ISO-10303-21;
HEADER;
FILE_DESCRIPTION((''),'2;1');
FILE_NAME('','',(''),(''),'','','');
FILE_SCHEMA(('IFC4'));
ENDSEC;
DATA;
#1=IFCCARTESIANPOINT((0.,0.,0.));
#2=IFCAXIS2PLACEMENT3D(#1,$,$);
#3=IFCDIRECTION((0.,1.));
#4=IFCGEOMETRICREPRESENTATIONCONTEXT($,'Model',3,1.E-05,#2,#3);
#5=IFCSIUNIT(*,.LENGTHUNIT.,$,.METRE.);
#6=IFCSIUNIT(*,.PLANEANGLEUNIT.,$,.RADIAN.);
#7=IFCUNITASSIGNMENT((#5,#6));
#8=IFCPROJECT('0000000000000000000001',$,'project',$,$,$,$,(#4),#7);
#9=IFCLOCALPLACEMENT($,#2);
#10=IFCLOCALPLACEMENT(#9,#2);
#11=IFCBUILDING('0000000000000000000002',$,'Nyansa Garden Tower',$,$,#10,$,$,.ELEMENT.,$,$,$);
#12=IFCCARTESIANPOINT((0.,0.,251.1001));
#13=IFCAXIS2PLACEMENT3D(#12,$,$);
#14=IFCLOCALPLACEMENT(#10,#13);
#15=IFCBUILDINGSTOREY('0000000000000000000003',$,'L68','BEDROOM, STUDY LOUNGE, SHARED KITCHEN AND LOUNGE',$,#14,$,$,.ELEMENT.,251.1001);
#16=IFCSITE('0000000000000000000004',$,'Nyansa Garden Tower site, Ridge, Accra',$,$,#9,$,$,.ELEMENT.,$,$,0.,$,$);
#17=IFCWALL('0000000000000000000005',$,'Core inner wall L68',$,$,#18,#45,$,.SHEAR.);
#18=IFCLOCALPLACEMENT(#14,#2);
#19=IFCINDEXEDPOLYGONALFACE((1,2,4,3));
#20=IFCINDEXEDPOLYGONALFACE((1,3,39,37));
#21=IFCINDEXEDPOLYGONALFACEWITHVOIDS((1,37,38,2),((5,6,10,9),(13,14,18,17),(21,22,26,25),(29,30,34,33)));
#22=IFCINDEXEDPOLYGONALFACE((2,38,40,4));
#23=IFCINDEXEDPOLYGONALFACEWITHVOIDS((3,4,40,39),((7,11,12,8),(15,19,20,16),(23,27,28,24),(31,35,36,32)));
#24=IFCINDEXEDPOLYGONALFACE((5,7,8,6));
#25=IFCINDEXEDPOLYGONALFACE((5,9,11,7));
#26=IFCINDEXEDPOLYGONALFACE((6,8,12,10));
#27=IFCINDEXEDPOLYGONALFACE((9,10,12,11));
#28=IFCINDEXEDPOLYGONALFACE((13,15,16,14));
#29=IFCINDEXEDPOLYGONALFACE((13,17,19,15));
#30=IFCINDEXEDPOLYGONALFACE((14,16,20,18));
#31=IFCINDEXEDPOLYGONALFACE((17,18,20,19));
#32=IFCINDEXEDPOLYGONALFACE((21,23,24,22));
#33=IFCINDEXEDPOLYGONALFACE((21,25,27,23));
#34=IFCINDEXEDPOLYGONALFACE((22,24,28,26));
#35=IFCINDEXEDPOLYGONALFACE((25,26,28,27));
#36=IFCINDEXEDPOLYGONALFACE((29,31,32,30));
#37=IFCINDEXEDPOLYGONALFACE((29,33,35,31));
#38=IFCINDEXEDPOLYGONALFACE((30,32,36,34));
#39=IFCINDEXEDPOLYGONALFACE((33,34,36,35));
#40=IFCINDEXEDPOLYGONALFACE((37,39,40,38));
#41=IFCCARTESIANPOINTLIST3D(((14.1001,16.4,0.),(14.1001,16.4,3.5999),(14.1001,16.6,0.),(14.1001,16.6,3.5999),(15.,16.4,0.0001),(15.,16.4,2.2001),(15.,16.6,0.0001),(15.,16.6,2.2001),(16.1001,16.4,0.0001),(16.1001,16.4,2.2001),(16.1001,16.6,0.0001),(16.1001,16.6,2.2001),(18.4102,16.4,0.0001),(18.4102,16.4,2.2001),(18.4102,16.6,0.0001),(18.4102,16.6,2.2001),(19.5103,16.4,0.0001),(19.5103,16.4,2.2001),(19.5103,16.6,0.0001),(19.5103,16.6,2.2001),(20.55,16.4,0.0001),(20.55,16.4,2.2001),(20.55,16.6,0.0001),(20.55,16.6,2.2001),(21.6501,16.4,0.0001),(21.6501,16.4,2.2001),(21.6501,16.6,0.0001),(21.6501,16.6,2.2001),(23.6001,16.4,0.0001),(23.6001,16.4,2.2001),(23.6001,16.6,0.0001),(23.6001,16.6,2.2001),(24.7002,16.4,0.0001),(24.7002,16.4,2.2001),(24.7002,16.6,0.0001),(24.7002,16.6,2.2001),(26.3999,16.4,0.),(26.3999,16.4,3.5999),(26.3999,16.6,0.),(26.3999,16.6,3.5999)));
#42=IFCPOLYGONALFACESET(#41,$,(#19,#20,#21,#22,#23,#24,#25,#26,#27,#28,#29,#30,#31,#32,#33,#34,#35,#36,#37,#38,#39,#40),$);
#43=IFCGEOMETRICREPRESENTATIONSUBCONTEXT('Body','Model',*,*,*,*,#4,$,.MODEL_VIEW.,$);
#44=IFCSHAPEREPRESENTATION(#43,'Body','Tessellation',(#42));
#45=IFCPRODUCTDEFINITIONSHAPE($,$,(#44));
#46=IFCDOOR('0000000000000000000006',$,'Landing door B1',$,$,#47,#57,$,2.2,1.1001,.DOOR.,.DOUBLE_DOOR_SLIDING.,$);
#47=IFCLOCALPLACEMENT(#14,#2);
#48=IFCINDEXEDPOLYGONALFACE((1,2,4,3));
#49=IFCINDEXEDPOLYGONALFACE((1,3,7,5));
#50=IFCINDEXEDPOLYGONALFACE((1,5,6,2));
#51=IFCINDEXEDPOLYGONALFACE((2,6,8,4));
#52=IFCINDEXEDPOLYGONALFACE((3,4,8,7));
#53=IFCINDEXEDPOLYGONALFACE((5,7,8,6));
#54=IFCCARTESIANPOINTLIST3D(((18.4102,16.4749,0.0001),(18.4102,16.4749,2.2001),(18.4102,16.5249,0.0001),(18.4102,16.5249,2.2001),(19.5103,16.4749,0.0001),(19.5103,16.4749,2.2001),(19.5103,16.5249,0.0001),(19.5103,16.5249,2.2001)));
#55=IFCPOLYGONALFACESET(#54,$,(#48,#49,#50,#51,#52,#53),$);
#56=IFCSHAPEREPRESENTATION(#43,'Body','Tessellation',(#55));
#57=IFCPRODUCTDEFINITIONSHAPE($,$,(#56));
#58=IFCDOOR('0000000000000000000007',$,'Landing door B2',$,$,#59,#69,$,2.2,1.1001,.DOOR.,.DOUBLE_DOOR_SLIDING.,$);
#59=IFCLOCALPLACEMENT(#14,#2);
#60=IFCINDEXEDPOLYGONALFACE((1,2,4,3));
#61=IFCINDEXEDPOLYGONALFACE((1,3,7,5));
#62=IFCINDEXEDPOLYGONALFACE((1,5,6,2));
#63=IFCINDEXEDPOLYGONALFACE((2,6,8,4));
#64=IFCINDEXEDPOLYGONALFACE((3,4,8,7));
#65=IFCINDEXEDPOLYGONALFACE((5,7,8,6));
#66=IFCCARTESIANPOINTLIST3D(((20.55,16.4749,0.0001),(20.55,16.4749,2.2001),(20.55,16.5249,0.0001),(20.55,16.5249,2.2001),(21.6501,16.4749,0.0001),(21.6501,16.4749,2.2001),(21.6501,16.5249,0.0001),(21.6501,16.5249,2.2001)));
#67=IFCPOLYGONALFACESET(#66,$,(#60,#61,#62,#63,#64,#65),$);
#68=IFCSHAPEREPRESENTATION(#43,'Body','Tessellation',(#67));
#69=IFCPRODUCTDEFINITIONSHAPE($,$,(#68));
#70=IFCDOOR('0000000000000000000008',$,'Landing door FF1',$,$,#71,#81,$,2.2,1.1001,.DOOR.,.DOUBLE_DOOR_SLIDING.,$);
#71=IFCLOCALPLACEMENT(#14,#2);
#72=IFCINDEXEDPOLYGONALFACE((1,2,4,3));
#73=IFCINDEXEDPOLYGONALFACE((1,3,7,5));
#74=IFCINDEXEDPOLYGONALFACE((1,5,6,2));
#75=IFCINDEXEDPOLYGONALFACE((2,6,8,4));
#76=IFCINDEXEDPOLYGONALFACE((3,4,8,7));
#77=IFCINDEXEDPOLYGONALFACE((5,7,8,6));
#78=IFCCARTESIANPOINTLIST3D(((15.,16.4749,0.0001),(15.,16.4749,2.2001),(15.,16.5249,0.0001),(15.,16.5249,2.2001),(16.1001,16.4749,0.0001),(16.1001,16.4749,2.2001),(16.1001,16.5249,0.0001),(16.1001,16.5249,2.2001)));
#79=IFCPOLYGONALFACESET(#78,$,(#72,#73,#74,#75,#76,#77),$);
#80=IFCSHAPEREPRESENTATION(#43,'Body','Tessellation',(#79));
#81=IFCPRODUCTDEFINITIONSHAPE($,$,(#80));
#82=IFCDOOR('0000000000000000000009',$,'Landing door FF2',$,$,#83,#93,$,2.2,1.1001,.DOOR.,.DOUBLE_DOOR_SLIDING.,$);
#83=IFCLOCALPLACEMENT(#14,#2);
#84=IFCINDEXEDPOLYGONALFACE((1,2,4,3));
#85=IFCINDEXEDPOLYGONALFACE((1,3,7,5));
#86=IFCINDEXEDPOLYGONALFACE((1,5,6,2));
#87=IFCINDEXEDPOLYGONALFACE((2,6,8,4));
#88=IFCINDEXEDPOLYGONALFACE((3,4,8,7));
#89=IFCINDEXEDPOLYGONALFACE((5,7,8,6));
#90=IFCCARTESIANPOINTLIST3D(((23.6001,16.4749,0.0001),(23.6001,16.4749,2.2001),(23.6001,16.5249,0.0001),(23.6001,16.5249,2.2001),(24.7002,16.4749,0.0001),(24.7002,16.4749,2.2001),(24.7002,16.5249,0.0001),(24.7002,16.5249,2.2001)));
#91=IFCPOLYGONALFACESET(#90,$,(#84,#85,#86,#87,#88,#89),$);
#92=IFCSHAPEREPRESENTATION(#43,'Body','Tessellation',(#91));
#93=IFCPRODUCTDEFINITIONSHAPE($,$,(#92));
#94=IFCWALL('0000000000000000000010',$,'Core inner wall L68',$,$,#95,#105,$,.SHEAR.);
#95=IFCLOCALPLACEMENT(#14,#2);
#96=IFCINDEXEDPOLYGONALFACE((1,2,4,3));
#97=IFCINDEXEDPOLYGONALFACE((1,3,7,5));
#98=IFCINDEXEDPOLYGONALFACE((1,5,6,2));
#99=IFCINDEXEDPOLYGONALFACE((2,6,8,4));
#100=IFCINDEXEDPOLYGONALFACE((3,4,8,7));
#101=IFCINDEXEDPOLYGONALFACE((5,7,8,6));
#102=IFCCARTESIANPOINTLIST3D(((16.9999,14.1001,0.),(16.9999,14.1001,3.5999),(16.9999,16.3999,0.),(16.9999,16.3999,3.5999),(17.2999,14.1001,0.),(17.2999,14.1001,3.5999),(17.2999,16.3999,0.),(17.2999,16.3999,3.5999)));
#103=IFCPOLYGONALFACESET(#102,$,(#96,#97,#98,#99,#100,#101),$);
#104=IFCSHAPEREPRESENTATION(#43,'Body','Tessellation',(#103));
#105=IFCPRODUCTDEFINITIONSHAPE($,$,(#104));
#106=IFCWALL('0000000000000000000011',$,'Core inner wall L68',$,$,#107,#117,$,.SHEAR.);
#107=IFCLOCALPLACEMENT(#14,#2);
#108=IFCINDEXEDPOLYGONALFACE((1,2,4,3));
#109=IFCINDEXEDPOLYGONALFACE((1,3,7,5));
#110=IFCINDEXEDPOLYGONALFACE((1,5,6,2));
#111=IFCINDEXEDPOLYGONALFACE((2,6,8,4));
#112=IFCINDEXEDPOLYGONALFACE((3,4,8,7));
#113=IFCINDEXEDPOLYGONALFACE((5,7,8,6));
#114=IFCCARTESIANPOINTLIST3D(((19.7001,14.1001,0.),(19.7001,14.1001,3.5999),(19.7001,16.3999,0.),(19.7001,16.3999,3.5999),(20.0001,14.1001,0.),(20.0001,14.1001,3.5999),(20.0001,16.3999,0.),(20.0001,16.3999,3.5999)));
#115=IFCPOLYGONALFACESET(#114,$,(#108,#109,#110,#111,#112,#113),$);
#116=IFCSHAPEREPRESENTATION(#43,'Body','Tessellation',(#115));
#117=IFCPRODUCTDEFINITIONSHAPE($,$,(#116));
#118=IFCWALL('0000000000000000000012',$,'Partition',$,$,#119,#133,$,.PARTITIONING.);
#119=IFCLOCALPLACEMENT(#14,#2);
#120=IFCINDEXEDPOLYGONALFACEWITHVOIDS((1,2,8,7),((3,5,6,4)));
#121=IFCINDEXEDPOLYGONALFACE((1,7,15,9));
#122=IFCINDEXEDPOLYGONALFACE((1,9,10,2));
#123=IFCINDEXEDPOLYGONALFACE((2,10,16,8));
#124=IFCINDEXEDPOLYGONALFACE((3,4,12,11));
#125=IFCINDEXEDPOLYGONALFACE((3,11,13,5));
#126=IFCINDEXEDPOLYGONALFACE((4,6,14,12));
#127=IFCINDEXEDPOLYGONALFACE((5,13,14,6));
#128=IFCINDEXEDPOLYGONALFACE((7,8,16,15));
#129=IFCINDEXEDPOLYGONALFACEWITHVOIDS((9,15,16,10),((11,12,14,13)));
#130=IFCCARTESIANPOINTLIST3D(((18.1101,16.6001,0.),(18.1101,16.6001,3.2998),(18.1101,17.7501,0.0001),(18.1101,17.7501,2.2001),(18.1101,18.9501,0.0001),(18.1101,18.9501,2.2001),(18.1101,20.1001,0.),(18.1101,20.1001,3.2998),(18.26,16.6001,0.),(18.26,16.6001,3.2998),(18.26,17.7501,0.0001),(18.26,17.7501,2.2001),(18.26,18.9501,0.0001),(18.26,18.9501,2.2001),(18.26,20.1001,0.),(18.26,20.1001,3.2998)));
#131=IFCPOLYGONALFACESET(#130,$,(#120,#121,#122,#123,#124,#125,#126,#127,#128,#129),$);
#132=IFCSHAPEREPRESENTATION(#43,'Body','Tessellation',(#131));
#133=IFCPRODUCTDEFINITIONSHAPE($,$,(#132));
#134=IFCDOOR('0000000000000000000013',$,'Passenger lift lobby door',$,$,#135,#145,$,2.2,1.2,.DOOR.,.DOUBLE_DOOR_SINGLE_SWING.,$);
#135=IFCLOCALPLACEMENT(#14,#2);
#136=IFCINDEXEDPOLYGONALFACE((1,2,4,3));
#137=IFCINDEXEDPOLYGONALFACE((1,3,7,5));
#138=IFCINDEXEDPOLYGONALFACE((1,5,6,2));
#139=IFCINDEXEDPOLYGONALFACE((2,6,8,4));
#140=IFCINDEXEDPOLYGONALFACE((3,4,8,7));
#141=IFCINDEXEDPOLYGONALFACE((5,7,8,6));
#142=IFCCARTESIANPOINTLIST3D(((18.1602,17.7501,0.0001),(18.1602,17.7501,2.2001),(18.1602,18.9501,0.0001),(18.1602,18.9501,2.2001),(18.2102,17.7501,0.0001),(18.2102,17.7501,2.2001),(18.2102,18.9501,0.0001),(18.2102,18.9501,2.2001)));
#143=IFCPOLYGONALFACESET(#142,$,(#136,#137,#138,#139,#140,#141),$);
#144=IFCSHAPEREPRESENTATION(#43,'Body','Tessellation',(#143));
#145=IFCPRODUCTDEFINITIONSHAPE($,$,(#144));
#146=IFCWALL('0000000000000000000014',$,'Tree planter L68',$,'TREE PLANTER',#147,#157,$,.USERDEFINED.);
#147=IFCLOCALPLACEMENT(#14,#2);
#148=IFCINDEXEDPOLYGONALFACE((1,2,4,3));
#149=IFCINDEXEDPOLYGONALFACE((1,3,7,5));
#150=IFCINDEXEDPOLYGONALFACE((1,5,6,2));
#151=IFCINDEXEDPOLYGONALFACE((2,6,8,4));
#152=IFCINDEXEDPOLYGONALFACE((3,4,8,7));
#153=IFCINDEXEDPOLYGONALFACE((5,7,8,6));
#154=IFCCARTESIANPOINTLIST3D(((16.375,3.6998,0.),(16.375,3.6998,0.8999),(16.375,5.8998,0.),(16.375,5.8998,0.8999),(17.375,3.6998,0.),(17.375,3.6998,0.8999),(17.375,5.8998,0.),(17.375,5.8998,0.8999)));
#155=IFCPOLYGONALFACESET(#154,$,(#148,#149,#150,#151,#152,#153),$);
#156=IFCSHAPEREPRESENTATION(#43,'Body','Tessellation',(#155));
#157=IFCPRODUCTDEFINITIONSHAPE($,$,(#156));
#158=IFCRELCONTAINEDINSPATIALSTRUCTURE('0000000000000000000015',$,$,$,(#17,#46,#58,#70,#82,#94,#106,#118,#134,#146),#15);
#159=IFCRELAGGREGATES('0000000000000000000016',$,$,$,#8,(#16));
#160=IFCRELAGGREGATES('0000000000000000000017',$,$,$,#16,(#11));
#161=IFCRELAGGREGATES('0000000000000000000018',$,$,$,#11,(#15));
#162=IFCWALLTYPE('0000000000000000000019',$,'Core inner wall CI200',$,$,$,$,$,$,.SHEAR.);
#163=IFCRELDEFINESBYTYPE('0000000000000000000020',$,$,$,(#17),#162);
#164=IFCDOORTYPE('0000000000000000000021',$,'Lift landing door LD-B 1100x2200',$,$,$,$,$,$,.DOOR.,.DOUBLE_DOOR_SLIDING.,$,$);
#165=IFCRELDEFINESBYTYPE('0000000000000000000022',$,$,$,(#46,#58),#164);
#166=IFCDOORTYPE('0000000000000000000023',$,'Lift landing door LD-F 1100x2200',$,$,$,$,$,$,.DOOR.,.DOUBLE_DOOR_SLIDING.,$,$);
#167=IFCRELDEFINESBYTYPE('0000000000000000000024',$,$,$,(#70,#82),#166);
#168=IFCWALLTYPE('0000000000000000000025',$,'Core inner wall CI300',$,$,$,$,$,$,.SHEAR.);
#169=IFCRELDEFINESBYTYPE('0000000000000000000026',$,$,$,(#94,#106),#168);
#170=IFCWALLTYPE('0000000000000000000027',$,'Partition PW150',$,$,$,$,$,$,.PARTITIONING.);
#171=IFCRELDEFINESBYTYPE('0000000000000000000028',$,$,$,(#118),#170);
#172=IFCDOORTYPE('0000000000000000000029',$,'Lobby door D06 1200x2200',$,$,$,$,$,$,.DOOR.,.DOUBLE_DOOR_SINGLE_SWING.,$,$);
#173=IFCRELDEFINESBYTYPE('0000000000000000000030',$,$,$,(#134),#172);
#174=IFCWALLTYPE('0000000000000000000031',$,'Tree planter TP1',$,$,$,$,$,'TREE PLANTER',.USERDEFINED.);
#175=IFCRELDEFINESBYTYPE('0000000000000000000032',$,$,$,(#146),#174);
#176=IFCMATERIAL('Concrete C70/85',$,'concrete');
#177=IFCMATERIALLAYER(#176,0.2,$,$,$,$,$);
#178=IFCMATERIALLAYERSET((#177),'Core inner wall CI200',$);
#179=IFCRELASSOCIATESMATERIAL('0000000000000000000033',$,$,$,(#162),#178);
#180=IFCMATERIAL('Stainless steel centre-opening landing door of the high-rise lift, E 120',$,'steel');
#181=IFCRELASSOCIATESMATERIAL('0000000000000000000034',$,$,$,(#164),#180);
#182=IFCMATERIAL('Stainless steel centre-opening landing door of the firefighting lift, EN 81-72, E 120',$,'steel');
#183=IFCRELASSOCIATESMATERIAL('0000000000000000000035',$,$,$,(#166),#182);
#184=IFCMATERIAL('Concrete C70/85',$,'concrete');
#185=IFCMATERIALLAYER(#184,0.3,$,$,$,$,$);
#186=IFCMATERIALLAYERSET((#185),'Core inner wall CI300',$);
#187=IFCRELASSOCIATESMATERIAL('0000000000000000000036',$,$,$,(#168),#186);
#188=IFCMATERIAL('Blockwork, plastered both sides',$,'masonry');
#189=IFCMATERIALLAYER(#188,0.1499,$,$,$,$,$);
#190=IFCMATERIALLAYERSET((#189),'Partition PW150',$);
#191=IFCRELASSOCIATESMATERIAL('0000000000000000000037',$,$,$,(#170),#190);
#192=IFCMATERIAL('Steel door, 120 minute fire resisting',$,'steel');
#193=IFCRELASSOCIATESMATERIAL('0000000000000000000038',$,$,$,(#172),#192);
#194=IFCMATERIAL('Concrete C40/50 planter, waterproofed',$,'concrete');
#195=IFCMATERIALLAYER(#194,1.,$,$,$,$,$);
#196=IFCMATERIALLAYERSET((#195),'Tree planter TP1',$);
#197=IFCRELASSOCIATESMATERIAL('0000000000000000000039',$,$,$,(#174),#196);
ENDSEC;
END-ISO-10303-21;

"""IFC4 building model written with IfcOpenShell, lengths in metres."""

from ifc_helpers import new_model, si_unit, direction, frame, frame_2d, origin, place, context, subcontext, project, spatial, rectangle, extrude, material, layer, layer_set, type_object, element, fill, save


model = new_model("IFC4")

# Units and contexts
model_context = context("Model", 3, precision=1e-05, world=origin(), true_north=direction((0.0, 1.0)))
body_context = subcontext(model_context, "Body", "Model", "MODEL_VIEW")
ifc_project = project(units=[si_unit("LENGTHUNIT", "METRE"), si_unit("PLANEANGLEUNIT", "RADIAN")], contexts=[model_context])

# Site, building, storey
site_placement = place(None, origin())
site = spatial("IfcSite", under=ifc_project, at=site_placement, Name="Nyansa Garden Tower site, Ridge, Accra", CompositionType="ELEMENT", RefElevation=0.0)
building_placement = place(site_placement, origin())
building = spatial("IfcBuilding", under=site, at=building_placement, Name="Nyansa Garden Tower", CompositionType="ELEMENT")
storey_placement = place(building_placement, frame((0.0, 0.0, 251.1001)))
storey = spatial("IfcBuildingStorey", under=building, at=storey_placement, Name="L68", Description="BEDROOM, STUDY LOUNGE, SHARED KITCHEN AND LOUNGE", CompositionType="ELEMENT", Elevation=251.1001)

# Wall, openings, doors
ifc_material_1 = material(Name="Concrete C70/85", Category="concrete")
ifc_layer_1 = layer(ifc_material_1, 0.2)
ifc_layer_set_1 = layer_set([ifc_layer_1], Name="Core inner wall CI200")
wall_type_1 = type_object("IfcWallType", Name="Core inner wall CI200", PredefinedType="SHEAR", material=ifc_layer_set_1)
wall_1_placement = place(storey_placement, frame((14.1001, 16.5, 0.0), z_axis=(0.0, 0.0, 1.0), x_axis=(1.0, 0.0, 0.0)))
wall_1 = element("IfcWall", 1, at=wall_1_placement, inside=storey, type_object=wall_type_1, Name="Core inner wall L68", PredefinedType="SHEAR", context=body_context, shape_type="SweptSolid", body=[
    extrude(rectangle(XDim=12.2998, YDim=0.2, at=frame_2d((6.1499, 0.0))), origin(), (0.0, 0.0, 1.0), 3.5999),
])
opening_1_placement = place(wall_1_placement, frame((0.8999, 0.0, 0.0)))
opening_1 = element("IfcOpeningElement", 2, at=opening_1_placement, cuts=wall_1, PredefinedType="OPENING", context=body_context, shape_type="SweptSolid", body=[
    extrude(rectangle(XDim=1.1001, YDim=2.2, at=frame_2d((0.55, 1.1001))), frame((0.0, 0.1099, 0.0), z_axis=(0.0, -1.0, 0.0), x_axis=(1.0, 0.0, 0.0)), (0.0, 0.0, 1.0), 0.22),
])
opening_2_placement = place(wall_1_placement, frame((4.3101, 0.0, 0.0)))
opening_2 = element("IfcOpeningElement", 3, at=opening_2_placement, cuts=wall_1, PredefinedType="OPENING", context=body_context, shape_type="SweptSolid", body=[
    extrude(rectangle(XDim=1.1001, YDim=2.2, at=frame_2d((0.55, 1.1001))), frame((0.0, 0.1099, 0.0), z_axis=(0.0, -1.0, 0.0), x_axis=(1.0, 0.0, 0.0)), (0.0, 0.0, 1.0), 0.22),
])
opening_3_placement = place(wall_1_placement, frame((6.45, 0.0, 0.0)))
opening_3 = element("IfcOpeningElement", 4, at=opening_3_placement, cuts=wall_1, PredefinedType="OPENING", context=body_context, shape_type="SweptSolid", body=[
    extrude(rectangle(XDim=1.1001, YDim=2.2, at=frame_2d((0.55, 1.1001))), frame((0.0, 0.1099, 0.0), z_axis=(0.0, -1.0, 0.0), x_axis=(1.0, 0.0, 0.0)), (0.0, 0.0, 1.0), 0.22),
])
opening_4_placement = place(wall_1_placement, frame((9.5, 0.0, 0.0)))
opening_4 = element("IfcOpeningElement", 5, at=opening_4_placement, cuts=wall_1, PredefinedType="OPENING", context=body_context, shape_type="SweptSolid", body=[
    extrude(rectangle(XDim=1.1001, YDim=2.2, at=frame_2d((0.55, 1.1001))), frame((0.0, 0.1099, 0.0), z_axis=(0.0, -1.0, 0.0), x_axis=(1.0, 0.0, 0.0)), (0.0, 0.0, 1.0), 0.22),
])
ifc_material_2 = material(Name="Stainless steel centre-opening landing door of the high-rise lift, E 120", Category="steel")
door_type_1 = type_object("IfcDoorType", Name="Lift landing door LD-B 1100x2200", OperationType="DOUBLE_DOOR_SLIDING", PredefinedType="DOOR", material=ifc_material_2)
door_1_placement = place(opening_2_placement, origin())
door_1 = element("IfcDoor", 6, at=door_1_placement, inside=storey, type_object=door_type_1, Name="Landing door B1", OperationType="DOUBLE_DOOR_SLIDING", OverallHeight=2.2, OverallWidth=1.1001, PredefinedType="DOOR", context=body_context, shape_type="SweptSolid", body=[
    extrude(rectangle(XDim=1.1001, YDim=2.2, at=frame_2d((0.55, 1.1001))), frame((0.0, 0.0249, 0.0), z_axis=(0.0, -1.0, 0.0), x_axis=(1.0, 0.0, 0.0)), (0.0, 0.0, 1.0), 0.05),
])
fill(opening_2, door_1)
door_2_placement = place(opening_3_placement, origin())
door_2 = element("IfcDoor", 7, at=door_2_placement, inside=storey, type_object=door_type_1, Name="Landing door B2", OperationType="DOUBLE_DOOR_SLIDING", OverallHeight=2.2, OverallWidth=1.1001, PredefinedType="DOOR", context=body_context, shape_type="SweptSolid", body=[
    extrude(rectangle(XDim=1.1001, YDim=2.2, at=frame_2d((0.55, 1.1001))), frame((0.0, 0.0249, 0.0), z_axis=(0.0, -1.0, 0.0), x_axis=(1.0, 0.0, 0.0)), (0.0, 0.0, 1.0), 0.05),
])
fill(opening_3, door_2)
ifc_material_3 = material(Name="Stainless steel centre-opening landing door of the firefighting lift, EN 81-72, E 120", Category="steel")
door_type_2 = type_object("IfcDoorType", Name="Lift landing door LD-F 1100x2200", OperationType="DOUBLE_DOOR_SLIDING", PredefinedType="DOOR", material=ifc_material_3)
door_3_placement = place(opening_1_placement, origin())
door_3 = element("IfcDoor", 8, at=door_3_placement, inside=storey, type_object=door_type_2, Name="Landing door FF1", OperationType="DOUBLE_DOOR_SLIDING", OverallHeight=2.2, OverallWidth=1.1001, PredefinedType="DOOR", context=body_context, shape_type="SweptSolid", body=[
    extrude(rectangle(XDim=1.1001, YDim=2.2, at=frame_2d((0.55, 1.1001))), frame((0.0, 0.0249, 0.0), z_axis=(0.0, -1.0, 0.0), x_axis=(1.0, 0.0, 0.0)), (0.0, 0.0, 1.0), 0.05),
])
fill(opening_1, door_3)
door_4_placement = place(opening_4_placement, origin())
door_4 = element("IfcDoor", 9, at=door_4_placement, inside=storey, type_object=door_type_2, Name="Landing door FF2", OperationType="DOUBLE_DOOR_SLIDING", OverallHeight=2.2, OverallWidth=1.1001, PredefinedType="DOOR", context=body_context, shape_type="SweptSolid", body=[
    extrude(rectangle(XDim=1.1001, YDim=2.2, at=frame_2d((0.55, 1.1001))), frame((0.0, 0.0249, 0.0), z_axis=(0.0, -1.0, 0.0), x_axis=(1.0, 0.0, 0.0)), (0.0, 0.0, 1.0), 0.05),
])
fill(opening_4, door_4)

# Walls
ifc_material_4 = material(Name="Concrete C70/85", Category="concrete")
ifc_layer_2 = layer(ifc_material_4, 0.3)
ifc_layer_set_2 = layer_set([ifc_layer_2], Name="Core inner wall CI300")
wall_type_2 = type_object("IfcWallType", Name="Core inner wall CI300", PredefinedType="SHEAR", material=ifc_layer_set_2)
for number, where, z_axis, x_axis, name in (
    (10, (17.1499, 14.1001, 0.0), (0.0, 0.0, 1.0), (0.0, 1.0, 0.0), "Core inner wall L68"),
    (11, (19.8501, 14.1001, 0.0), (0.0, 0.0, 1.0), (0.0, 1.0, 0.0), "Core inner wall L68"),
):
    element("IfcWall", number, at=place(storey_placement, frame(where, z_axis=z_axis, x_axis=x_axis)), inside=storey, type_object=wall_type_2, Name=name, PredefinedType="SHEAR", context=body_context, shape_type="SweptSolid", body=[
        extrude(rectangle(XDim=2.2998, YDim=0.3, at=frame_2d((1.1499, 0.0))), origin(), (0.0, 0.0, 1.0), 3.5999),
    ])

# Wall, opening, door
ifc_material_5 = material(Name="Blockwork, plastered both sides", Category="masonry")
ifc_layer_3 = layer(ifc_material_5, 0.1499)
ifc_layer_set_3 = layer_set([ifc_layer_3], Name="Partition PW150")
wall_type_3 = type_object("IfcWallType", Name="Partition PW150", PredefinedType="PARTITIONING", material=ifc_layer_set_3)
wall_2_placement = place(storey_placement, frame((18.1851, 16.6001, 0.0), z_axis=(0.0, 0.0, 1.0), x_axis=(0.0, 1.0, 0.0)))
wall_2 = element("IfcWall", 12, at=wall_2_placement, inside=storey, type_object=wall_type_3, Name="Partition", PredefinedType="PARTITIONING", context=body_context, shape_type="SweptSolid", body=[
    extrude(rectangle(XDim=3.5, YDim=0.1499, at=frame_2d((1.75, 0.0))), origin(), (0.0, 0.0, 1.0), 3.2998),
])
opening_5_placement = place(wall_2_placement, frame((1.1499, 0.0, 0.0)))
opening_5 = element("IfcOpeningElement", 13, at=opening_5_placement, cuts=wall_2, PredefinedType="OPENING", context=body_context, shape_type="SweptSolid", body=[
    extrude(rectangle(XDim=1.2, YDim=2.2, at=frame_2d((0.6001, 1.1001))), frame((0.0, 0.085, 0.0), z_axis=(0.0, -1.0, 0.0), x_axis=(1.0, 0.0, 0.0)), (0.0, 0.0, 1.0), 0.1699),
])
ifc_material_6 = material(Name="Steel door, 120 minute fire resisting", Category="steel")
door_type_3 = type_object("IfcDoorType", Name="Lobby door D06 1200x2200", OperationType="DOUBLE_DOOR_SINGLE_SWING", PredefinedType="DOOR", material=ifc_material_6)
door_5_placement = place(opening_5_placement, origin())
door_5 = element("IfcDoor", 14, at=door_5_placement, inside=storey, type_object=door_type_3, Name="Passenger lift lobby door", OperationType="DOUBLE_DOOR_SINGLE_SWING", OverallHeight=2.2, OverallWidth=1.2, PredefinedType="DOOR", context=body_context, shape_type="SweptSolid", body=[
    extrude(rectangle(XDim=1.2, YDim=2.2, at=frame_2d((0.6001, 1.1001))), frame((0.0, 0.0249, 0.0), z_axis=(0.0, -1.0, 0.0), x_axis=(1.0, 0.0, 0.0)), (0.0, 0.0, 1.0), 0.05),
])
fill(opening_5, door_5)

# Wall
ifc_material_7 = material(Name="Concrete C40/50 planter, waterproofed", Category="concrete")
ifc_layer_4 = layer(ifc_material_7, 1.0)
ifc_layer_set_4 = layer_set([ifc_layer_4], Name="Tree planter TP1")
wall_type_4 = type_object("IfcWallType", Name="Tree planter TP1", ElementType="TREE PLANTER", PredefinedType="USERDEFINED", material=ifc_layer_set_4)
wall_3_placement = place(storey_placement, frame((16.875, 5.8999, 0.0), z_axis=(0.0, 0.0, 1.0), x_axis=(0.0, -1.0, 0.0)))
element("IfcWall", 15, at=wall_3_placement, inside=storey, type_object=wall_type_4, Name="Tree planter L68", ObjectType="TREE PLANTER", PredefinedType="USERDEFINED", context=body_context, shape_type="SweptSolid", body=[
    extrude(rectangle(XDim=2.2, YDim=1.0, at=frame_2d((1.1001, 0.0))), origin(), (0.0, 0.0, 1.0), 0.8999),
])

save(model, "model.ifc")
